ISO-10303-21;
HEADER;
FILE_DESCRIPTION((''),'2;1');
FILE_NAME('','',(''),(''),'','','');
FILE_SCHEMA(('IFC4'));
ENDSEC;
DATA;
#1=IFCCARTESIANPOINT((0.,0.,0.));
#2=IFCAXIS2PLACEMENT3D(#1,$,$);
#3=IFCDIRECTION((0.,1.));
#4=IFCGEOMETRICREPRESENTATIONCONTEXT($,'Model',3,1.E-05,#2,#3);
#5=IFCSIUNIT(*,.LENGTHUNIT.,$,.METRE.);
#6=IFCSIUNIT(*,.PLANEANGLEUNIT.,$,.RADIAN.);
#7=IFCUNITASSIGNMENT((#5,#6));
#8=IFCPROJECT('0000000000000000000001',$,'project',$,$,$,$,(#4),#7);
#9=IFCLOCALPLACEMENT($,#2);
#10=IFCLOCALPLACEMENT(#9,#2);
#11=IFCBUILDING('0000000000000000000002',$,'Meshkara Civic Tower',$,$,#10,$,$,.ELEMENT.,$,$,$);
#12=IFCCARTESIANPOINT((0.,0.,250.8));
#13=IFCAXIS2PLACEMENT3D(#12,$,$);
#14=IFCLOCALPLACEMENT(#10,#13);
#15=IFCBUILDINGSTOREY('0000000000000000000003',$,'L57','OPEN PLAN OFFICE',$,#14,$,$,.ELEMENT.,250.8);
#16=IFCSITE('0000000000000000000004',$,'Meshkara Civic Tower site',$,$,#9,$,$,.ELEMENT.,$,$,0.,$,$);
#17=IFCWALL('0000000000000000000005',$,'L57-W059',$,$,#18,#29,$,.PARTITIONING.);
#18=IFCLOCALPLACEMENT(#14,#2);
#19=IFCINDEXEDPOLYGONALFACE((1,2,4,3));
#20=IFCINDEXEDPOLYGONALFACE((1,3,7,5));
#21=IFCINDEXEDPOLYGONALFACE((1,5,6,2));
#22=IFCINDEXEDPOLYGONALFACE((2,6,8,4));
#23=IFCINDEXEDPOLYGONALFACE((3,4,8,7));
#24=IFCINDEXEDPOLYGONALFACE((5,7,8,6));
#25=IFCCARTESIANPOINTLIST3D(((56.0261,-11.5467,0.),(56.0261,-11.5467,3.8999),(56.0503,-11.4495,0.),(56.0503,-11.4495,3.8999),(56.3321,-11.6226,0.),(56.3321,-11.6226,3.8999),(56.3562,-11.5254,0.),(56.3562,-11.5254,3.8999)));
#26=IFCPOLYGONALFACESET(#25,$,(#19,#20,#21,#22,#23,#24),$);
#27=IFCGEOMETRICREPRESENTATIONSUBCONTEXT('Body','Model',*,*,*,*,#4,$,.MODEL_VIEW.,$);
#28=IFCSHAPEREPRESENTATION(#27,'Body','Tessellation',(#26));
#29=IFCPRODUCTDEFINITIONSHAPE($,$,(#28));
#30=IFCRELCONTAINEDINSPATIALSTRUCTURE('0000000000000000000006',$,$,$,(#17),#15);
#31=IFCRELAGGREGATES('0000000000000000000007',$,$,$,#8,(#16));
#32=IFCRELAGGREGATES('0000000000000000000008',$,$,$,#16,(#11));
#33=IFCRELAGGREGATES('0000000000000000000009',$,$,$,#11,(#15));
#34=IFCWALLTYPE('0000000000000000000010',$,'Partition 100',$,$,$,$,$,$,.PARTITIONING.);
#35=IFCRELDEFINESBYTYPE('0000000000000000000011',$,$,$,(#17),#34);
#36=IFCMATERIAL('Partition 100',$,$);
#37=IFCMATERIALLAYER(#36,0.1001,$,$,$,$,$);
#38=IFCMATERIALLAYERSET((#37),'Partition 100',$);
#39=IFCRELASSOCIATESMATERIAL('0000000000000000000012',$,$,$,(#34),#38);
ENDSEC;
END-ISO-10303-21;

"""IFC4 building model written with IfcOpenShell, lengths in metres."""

from ifc_helpers import new_model, si_unit, direction, frame, frame_2d, origin, place, context, subcontext, project, spatial, rectangle, extrude, material, layer, layer_set, type_object, element, save


model = new_model("IFC4")

# Units and contexts
model_context = context("Model", 3, precision=1e-05, world=origin(), true_north=direction((0.0, 1.0)))
body_context = subcontext(model_context, "Body", "Model", "MODEL_VIEW")
ifc_project = project(units=[si_unit("LENGTHUNIT", "METRE"), si_unit("PLANEANGLEUNIT", "RADIAN")], contexts=[model_context])

# Site, building, storey
site_placement = place(None, origin())
site = spatial("IfcSite", under=ifc_project, at=site_placement, Name="Meshkara Civic Tower site", CompositionType="ELEMENT", RefElevation=0.0)
building_placement = place(site_placement, origin())
building = spatial("IfcBuilding", under=site, at=building_placement, Name="Meshkara Civic Tower", CompositionType="ELEMENT")
storey_placement = place(building_placement, frame((0.0, 0.0, 250.8)))
storey = spatial("IfcBuildingStorey", under=building, at=storey_placement, Name="L57", Description="OPEN PLAN OFFICE", CompositionType="ELEMENT", Elevation=250.8)

# Wall
ifc_material_1 = material(Name="Partition 100")
ifc_layer_1 = layer(ifc_material_1, 0.1001)
ifc_layer_set_1 = layer_set([ifc_layer_1], Name="Partition 100")
wall_type_1 = type_object("IfcWallType", Name="Partition 100", PredefinedType="PARTITIONING", material=ifc_layer_set_1)
wall_1_placement = place(storey_placement, frame((56.0381, -11.498, 0.0), z_axis=(0.0, 0.0, 1.0), x_axis=(0.970551, -0.240895, 0.0)))
element("IfcWall", 1, at=wall_1_placement, inside=storey, type_object=wall_type_1, Name="L57-W059", PredefinedType="PARTITIONING", context=body_context, shape_type="SweptSolid", body=[
    extrude(rectangle(XDim=0.3152, YDim=0.1001, at=frame_2d((0.1577, 0.0))), origin(), (0.0, 0.0, 1.0), 3.8999),
])

save(model, "model.ifc")
